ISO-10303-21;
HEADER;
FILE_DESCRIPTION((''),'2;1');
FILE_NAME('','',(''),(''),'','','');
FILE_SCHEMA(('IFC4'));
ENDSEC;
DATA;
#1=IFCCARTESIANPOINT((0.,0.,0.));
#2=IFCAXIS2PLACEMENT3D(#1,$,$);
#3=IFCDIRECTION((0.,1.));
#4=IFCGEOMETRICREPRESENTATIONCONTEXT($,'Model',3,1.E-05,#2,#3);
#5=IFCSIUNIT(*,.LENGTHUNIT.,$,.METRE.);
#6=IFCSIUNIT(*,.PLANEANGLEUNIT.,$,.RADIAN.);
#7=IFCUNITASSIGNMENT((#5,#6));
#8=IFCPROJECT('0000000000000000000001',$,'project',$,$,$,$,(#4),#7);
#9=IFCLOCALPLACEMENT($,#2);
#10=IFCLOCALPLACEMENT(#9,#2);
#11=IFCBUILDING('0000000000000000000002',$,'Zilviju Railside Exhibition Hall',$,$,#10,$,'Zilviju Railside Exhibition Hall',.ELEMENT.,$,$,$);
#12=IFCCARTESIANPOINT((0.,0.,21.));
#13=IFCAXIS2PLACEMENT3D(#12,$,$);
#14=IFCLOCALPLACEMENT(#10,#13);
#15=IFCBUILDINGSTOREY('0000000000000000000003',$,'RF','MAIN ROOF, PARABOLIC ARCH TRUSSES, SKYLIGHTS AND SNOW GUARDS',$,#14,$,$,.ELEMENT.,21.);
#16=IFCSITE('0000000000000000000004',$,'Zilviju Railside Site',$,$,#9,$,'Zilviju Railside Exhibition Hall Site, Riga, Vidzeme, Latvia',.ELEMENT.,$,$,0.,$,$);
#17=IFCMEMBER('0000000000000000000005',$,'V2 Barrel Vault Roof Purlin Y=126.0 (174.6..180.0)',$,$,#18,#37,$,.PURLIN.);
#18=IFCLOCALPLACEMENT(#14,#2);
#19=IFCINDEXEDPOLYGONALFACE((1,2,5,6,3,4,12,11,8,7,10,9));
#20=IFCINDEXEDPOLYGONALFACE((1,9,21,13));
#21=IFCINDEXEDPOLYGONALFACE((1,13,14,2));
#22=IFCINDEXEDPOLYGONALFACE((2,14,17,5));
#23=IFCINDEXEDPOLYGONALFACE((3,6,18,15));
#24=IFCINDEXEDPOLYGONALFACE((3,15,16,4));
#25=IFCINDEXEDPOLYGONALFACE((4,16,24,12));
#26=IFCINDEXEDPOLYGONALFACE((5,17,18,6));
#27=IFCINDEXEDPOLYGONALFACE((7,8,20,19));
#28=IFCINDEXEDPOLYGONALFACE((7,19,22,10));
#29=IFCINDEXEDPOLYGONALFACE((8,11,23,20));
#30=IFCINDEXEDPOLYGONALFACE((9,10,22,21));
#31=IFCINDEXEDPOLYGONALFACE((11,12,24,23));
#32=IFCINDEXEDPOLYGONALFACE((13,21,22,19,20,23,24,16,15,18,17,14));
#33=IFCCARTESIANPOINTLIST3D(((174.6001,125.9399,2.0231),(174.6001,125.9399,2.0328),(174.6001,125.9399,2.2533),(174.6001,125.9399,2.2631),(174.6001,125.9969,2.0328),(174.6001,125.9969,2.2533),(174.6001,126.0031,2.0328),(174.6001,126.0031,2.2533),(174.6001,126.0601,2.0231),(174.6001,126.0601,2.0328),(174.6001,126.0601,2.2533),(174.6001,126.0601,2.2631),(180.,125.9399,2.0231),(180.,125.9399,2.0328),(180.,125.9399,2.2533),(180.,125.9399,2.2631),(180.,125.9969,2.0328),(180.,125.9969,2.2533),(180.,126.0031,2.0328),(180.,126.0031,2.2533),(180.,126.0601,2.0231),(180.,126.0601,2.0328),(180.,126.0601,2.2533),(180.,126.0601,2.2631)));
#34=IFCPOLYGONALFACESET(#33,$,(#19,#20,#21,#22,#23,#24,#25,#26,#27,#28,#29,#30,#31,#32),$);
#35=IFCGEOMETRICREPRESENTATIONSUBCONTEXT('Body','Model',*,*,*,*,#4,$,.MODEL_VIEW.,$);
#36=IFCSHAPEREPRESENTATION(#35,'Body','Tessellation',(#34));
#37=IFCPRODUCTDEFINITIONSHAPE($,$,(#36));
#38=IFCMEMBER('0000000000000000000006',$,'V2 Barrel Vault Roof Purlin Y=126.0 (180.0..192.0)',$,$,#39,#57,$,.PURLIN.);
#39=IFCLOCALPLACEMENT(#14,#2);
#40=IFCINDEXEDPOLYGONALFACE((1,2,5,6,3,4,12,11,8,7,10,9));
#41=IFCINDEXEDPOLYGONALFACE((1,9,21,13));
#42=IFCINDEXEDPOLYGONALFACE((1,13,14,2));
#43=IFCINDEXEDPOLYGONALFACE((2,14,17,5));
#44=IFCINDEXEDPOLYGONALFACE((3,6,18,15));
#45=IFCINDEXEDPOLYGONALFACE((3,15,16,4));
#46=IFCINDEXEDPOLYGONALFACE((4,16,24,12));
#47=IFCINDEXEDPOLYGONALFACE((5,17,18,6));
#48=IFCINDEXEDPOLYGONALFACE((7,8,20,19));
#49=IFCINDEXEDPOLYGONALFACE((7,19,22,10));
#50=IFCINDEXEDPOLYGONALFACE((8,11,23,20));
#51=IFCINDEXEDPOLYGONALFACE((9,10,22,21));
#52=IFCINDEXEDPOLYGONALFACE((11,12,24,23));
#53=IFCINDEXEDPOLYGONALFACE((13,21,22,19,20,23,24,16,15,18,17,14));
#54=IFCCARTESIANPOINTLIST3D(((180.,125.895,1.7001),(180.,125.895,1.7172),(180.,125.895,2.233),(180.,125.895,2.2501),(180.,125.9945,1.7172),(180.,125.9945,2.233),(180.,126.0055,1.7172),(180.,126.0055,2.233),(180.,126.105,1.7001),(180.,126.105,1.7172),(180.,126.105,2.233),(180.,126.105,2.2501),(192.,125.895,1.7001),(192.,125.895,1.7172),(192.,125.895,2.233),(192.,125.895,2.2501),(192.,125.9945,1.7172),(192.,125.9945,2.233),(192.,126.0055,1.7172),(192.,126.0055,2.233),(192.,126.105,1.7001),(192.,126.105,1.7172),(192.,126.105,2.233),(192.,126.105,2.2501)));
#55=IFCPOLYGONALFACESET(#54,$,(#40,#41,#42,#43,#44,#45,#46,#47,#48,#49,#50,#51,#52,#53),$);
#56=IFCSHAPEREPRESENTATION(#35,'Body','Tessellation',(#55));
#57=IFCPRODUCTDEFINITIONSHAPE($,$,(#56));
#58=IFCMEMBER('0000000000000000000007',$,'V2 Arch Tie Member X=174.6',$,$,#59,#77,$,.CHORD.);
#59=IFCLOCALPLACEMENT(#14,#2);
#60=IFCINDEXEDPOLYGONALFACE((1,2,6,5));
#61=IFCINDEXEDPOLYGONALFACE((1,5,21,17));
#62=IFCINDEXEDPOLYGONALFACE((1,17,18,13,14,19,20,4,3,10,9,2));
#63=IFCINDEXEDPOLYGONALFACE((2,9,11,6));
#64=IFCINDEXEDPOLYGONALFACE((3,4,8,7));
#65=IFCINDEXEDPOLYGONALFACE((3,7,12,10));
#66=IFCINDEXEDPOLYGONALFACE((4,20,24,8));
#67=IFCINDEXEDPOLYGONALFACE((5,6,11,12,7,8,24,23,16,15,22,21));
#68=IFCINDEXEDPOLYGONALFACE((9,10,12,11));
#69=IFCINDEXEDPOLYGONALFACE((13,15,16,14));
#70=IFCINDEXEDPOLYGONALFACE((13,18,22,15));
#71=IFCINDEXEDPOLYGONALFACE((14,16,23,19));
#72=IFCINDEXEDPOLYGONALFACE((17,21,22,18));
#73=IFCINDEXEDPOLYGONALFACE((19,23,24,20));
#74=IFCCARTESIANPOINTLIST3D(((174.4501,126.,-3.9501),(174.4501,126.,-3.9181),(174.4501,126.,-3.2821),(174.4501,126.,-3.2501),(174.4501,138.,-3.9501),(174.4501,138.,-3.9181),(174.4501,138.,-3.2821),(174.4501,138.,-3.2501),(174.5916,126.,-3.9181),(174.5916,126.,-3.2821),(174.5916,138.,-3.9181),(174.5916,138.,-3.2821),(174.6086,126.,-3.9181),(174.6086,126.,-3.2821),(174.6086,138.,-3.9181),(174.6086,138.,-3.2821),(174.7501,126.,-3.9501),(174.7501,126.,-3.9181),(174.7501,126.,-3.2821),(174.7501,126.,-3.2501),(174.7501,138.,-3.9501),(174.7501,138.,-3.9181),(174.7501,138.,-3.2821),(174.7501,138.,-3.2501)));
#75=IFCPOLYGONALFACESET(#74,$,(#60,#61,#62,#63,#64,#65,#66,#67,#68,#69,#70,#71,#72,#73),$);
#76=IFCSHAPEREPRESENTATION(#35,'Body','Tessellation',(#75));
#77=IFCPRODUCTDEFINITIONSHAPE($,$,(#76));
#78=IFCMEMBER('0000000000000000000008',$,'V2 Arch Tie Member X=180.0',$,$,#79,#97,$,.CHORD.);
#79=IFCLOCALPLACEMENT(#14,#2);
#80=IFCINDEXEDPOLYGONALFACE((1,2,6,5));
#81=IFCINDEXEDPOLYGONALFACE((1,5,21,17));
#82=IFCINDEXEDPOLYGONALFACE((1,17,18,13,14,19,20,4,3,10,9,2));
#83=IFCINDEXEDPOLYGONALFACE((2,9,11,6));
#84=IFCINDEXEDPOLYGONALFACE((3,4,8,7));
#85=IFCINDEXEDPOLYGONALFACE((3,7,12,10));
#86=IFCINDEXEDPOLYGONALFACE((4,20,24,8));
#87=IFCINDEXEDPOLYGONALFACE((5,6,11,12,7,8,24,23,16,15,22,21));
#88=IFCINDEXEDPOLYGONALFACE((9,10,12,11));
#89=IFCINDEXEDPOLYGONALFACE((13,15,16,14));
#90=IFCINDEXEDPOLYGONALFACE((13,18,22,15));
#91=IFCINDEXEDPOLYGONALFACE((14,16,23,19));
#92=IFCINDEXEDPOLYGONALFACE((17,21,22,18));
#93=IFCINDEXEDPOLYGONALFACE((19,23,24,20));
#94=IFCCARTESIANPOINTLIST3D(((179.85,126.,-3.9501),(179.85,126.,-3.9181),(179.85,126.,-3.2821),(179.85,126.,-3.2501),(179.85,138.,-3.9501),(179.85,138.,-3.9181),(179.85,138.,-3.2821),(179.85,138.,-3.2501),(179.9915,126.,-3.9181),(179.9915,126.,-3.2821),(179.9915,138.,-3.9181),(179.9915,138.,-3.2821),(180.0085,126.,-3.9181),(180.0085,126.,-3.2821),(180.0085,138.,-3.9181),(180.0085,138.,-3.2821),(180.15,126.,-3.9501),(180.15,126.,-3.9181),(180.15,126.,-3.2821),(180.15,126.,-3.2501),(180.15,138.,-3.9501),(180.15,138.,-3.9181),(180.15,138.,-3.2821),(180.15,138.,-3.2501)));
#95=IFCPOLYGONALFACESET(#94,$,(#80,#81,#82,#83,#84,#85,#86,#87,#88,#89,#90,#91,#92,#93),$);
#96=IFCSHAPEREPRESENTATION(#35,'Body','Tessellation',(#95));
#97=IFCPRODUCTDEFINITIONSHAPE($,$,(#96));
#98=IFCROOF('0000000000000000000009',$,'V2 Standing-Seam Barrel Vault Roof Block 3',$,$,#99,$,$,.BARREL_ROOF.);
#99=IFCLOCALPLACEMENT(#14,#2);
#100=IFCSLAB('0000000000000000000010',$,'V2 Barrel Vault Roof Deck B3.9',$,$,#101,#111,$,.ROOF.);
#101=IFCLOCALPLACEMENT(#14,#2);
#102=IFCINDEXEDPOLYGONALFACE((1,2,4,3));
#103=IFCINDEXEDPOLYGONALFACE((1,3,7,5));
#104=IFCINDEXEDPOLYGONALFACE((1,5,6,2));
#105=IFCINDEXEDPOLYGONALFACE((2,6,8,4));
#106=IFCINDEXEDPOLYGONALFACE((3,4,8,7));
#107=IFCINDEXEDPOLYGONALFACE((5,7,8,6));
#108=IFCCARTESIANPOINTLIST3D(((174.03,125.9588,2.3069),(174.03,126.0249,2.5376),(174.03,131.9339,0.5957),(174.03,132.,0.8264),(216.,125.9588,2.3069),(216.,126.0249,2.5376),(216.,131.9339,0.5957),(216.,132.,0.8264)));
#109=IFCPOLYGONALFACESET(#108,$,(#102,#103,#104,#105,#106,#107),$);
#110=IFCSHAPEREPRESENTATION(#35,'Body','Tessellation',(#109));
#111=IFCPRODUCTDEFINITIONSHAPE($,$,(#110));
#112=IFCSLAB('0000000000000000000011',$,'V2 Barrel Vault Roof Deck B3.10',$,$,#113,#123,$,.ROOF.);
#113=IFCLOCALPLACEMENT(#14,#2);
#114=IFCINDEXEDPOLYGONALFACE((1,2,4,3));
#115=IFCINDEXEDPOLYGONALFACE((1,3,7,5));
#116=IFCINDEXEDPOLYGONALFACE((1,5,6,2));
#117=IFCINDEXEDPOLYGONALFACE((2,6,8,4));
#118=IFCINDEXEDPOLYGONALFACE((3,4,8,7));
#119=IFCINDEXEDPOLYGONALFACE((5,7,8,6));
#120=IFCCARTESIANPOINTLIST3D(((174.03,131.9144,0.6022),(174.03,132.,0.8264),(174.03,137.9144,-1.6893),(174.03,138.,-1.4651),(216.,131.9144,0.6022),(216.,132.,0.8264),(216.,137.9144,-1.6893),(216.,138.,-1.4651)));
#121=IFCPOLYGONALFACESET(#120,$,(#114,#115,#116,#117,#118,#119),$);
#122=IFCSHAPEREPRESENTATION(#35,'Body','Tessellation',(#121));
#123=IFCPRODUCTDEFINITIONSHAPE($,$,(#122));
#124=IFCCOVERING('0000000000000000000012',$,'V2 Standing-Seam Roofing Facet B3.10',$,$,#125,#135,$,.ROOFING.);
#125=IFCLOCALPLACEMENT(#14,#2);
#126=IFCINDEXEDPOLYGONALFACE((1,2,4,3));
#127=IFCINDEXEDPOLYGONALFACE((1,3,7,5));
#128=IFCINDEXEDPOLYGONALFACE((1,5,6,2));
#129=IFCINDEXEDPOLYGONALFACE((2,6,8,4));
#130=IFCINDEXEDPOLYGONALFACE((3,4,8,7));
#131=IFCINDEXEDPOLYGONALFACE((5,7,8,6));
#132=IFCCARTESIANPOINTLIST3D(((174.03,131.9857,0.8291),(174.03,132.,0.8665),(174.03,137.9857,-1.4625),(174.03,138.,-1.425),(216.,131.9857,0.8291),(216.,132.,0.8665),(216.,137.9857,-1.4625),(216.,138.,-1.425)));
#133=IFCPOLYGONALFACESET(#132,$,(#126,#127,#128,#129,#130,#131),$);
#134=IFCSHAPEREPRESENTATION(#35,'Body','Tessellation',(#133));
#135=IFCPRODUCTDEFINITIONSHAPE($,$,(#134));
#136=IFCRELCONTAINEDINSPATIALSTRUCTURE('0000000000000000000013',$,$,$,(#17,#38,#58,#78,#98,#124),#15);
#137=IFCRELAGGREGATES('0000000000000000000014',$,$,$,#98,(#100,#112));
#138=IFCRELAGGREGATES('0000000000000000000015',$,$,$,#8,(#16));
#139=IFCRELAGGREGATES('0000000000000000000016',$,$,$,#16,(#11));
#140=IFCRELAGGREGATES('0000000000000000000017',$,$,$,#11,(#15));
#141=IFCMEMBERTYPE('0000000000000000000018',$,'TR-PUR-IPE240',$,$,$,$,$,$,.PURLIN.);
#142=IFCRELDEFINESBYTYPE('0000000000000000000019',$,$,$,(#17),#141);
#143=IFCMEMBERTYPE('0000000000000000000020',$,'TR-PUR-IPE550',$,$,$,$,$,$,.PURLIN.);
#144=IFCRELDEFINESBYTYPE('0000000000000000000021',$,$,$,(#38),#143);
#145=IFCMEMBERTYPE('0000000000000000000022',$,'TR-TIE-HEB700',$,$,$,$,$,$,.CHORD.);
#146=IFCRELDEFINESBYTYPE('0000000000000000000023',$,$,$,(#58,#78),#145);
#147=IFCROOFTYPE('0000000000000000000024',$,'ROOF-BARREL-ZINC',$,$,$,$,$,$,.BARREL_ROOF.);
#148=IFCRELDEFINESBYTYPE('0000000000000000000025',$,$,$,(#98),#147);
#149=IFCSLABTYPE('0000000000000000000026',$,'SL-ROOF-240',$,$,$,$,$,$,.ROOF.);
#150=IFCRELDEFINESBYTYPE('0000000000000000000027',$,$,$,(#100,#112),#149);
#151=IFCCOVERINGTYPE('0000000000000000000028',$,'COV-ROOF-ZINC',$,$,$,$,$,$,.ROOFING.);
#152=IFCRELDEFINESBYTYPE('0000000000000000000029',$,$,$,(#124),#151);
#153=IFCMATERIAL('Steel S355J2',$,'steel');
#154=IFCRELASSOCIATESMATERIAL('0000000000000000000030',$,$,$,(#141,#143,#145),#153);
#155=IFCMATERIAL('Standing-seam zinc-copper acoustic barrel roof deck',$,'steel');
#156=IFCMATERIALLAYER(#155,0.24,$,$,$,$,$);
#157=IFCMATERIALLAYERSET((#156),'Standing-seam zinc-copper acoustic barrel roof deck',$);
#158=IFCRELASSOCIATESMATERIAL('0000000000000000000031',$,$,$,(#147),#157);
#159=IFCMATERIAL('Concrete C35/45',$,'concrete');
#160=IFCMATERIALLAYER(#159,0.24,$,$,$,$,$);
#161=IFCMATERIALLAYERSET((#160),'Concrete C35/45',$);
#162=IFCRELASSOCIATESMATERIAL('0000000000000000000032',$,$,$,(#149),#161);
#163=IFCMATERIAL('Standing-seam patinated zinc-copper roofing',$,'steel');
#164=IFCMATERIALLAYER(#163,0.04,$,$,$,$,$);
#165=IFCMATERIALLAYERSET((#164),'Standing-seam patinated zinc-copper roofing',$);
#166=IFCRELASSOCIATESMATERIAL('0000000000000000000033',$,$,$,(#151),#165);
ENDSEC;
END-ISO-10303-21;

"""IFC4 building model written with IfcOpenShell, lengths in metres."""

from ifc_helpers import new_model, si_unit, direction, frame, origin, origin_2d, place, context, subcontext, project, spatial, polyline, i_section, outline, extrude, material, layer, layer_set, material_profile, profile_set, type_object, element, aggregate, save


model = new_model("IFC4")

# Units and contexts
model_context = context("Model", 3, precision=1e-05, world=origin(), true_north=direction((0.0, 1.0)))
body_context = subcontext(model_context, "Body", "Model", "MODEL_VIEW")
ifc_project = project(units=[si_unit("LENGTHUNIT", "METRE"), si_unit("PLANEANGLEUNIT", "RADIAN")], contexts=[model_context])

# Site, building, storey
site_placement = place(None, origin())
site = spatial("IfcSite", under=ifc_project, at=site_placement, Name="Zilviju Railside Site", LongName="Zilviju Railside Exhibition Hall Site, Riga, Vidzeme, Latvia", CompositionType="ELEMENT", RefElevation=0.0)
building_placement = place(site_placement, origin())
building = spatial("IfcBuilding", under=site, at=building_placement, Name="Zilviju Railside Exhibition Hall", LongName="Zilviju Railside Exhibition Hall", CompositionType="ELEMENT")
storey_placement = place(building_placement, frame((0.0, 0.0, 21.0)))
storey = spatial("IfcBuildingStorey", under=building, at=storey_placement, Name="RF", Description="MAIN ROOF, PARABOLIC ARCH TRUSSES, SKYLIGHTS AND SNOW GUARDS", CompositionType="ELEMENT", Elevation=21.0)

# Members
ifc_material_1 = material(Name="Steel S355J2", Category="steel")
ifc_material_profile_1 = material_profile(ifc_material_1, i_section(OverallWidth=0.1201, OverallDepth=0.24, WebThickness=0.0061, FlangeThickness=0.0098, at=origin_2d()), Name="IPE 240")
ifc_profile_set_1 = profile_set([ifc_material_profile_1], Name="Steel S355J2")
member_type_1 = type_object("IfcMemberType", Name="TR-PUR-IPE240", PredefinedType="PURLIN", material=ifc_profile_set_1)
member_1_placement = place(storey_placement, frame((174.6001, 126.0, 2.1431), z_axis=(1.0, 0.0, 0.0), x_axis=(0.0, 1.0, 0.0)))
element("IfcMember", 1, at=member_1_placement, inside=storey, type_object=member_type_1, Name="V2 Barrel Vault Roof Purlin Y=126.0 (174.6..180.0)", PredefinedType="PURLIN", context=body_context, shape_type="SweptSolid", body=[
    extrude(i_section(OverallWidth=0.1201, OverallDepth=0.24, WebThickness=0.0061, FlangeThickness=0.0098, at=origin_2d()), origin(), (0.0, 0.0, 1.0), 5.3999),
])
ifc_material_profile_2 = material_profile(ifc_material_1, i_section(OverallWidth=0.21, OverallDepth=0.55, WebThickness=0.011, FlangeThickness=0.0171, at=origin_2d()), Name="IPE 550")
ifc_profile_set_2 = profile_set([ifc_material_profile_2], Name="Steel S355J2")
member_type_2 = type_object("IfcMemberType", Name="TR-PUR-IPE550", PredefinedType="PURLIN", material=ifc_profile_set_2)
member_2_placement = place(storey_placement, frame((180.0, 126.0, 1.9751), z_axis=(1.0, 0.0, 0.0), x_axis=(0.0, 1.0, 0.0)))
element("IfcMember", 2, at=member_2_placement, inside=storey, type_object=member_type_2, Name="V2 Barrel Vault Roof Purlin Y=126.0 (180.0..192.0)", PredefinedType="PURLIN", context=body_context, shape_type="SweptSolid", body=[
    extrude(i_section(OverallWidth=0.21, OverallDepth=0.55, WebThickness=0.011, FlangeThickness=0.0171, at=origin_2d()), origin(), (0.0, 0.0, 1.0), 12.0),
])
ifc_material_profile_3 = material_profile(ifc_material_1, i_section(OverallWidth=0.3, OverallDepth=0.7, WebThickness=0.0171, FlangeThickness=0.032, at=origin_2d()), Name="HEB 700")
ifc_profile_set_3 = profile_set([ifc_material_profile_3], Name="Steel S355J2")
member_type_3 = type_object("IfcMemberType", Name="TR-TIE-HEB700", PredefinedType="CHORD", material=ifc_profile_set_3)
for number, where, z_axis, x_axis, name in (
    (3, (174.6001, 126.0, -3.6001), (0.0, 1.0, 0.0), (-1.0, 0.0, 0.0), "V2 Arch Tie Member X=174.6"),
    (4, (180.0, 126.0, -3.6001), (0.0, 1.0, 0.0), (-1.0, 0.0, 0.0), "V2 Arch Tie Member X=180.0"),
):
    element("IfcMember", number, at=place(storey_placement, frame(where, z_axis=z_axis, x_axis=x_axis)), inside=storey, type_object=member_type_3, Name=name, PredefinedType="CHORD", context=body_context, shape_type="SweptSolid", body=[
        extrude(i_section(OverallWidth=0.3, OverallDepth=0.7, WebThickness=0.0171, FlangeThickness=0.032, at=origin_2d()), origin(), (0.0, 0.0, 1.0), 12.0),
    ])

# Roof, slabs
ifc_material_2 = material(Name="Standing-seam zinc-copper acoustic barrel roof deck", Category="steel")
ifc_layer_1 = layer(ifc_material_2, 0.24)
ifc_layer_set_1 = layer_set([ifc_layer_1], Name="Standing-seam zinc-copper acoustic barrel roof deck")
roof_type = type_object("IfcRoofType", Name="ROOF-BARREL-ZINC", PredefinedType="BARREL_ROOF", material=ifc_layer_set_1)
roof_placement = place(storey_placement, origin())
roof = element("IfcRoof", 5, at=roof_placement, inside=storey, type_object=roof_type, Name="V2 Standing-Seam Barrel Vault Roof Block 3", PredefinedType="BARREL_ROOF")
ifc_material_3 = material(Name="Concrete C35/45", Category="concrete")
ifc_layer_2 = layer(ifc_material_3, 0.24)
ifc_layer_set_2 = layer_set([ifc_layer_2], Name="Concrete C35/45")
slab_type = type_object("IfcSlabType", Name="SL-ROOF-240", PredefinedType="ROOF", material=ifc_layer_set_2)
slab_1_placement = place(storey_placement, frame((174.03, 126.0249, 2.5376), z_axis=(0.0, 0.275318, 0.961353), x_axis=(1.0, 0.0, 0.0)))
slab_1 = element("IfcSlab", 6, at=slab_1_placement, type_object=slab_type, Name="V2 Barrel Vault Roof Deck B3.9", PredefinedType="ROOF", context=body_context, shape_type="SweptSolid", body=[
    extrude(outline(polyline([(0.0, 0.0), (41.97, 0.0), (41.97, 6.2153), (0.0, 6.2153), (0.0, 0.0)])), origin(), (0.0, 0.0, -1.0), 0.24),
])
slab_2_placement = place(storey_placement, frame((174.03, 132.0, 0.8264), z_axis=(0.0, 0.356782, 0.934188), x_axis=(1.0, 0.0, 0.0)))
slab_2 = element("IfcSlab", 7, at=slab_2_placement, type_object=slab_type, Name="V2 Barrel Vault Roof Deck B3.10", PredefinedType="ROOF", context=body_context, shape_type="SweptSolid", body=[
    extrude(outline(polyline([(0.0, 0.0), (41.97, 0.0), (41.97, 6.4227), (0.0, 6.4227), (0.0, 0.0)])), origin(), (0.0, 0.0, -1.0), 0.24),
])
aggregate(roof, [slab_1, slab_2])

# Covering
ifc_material_4 = material(Name="Standing-seam patinated zinc-copper roofing", Category="steel")
ifc_layer_3 = layer(ifc_material_4, 0.04)
ifc_layer_set_3 = layer_set([ifc_layer_3], Name="Standing-seam patinated zinc-copper roofing")
covering_type = type_object("IfcCoveringType", Name="COV-ROOF-ZINC", PredefinedType="ROOFING", material=ifc_layer_set_3)
covering_placement = place(storey_placement, frame((174.03, 132.0, 0.8665), z_axis=(0.0, 0.356782, 0.934188), x_axis=(1.0, 0.0, 0.0)))
element("IfcCovering", 8, at=covering_placement, inside=storey, type_object=covering_type, Name="V2 Standing-Seam Roofing Facet B3.10", PredefinedType="ROOFING", context=body_context, shape_type="SweptSolid", body=[
    extrude(outline(polyline([(0.0, 0.0), (41.97, 0.0), (41.97, 6.4227), (0.0, 6.4227), (0.0, 0.0)])), origin(), (0.0, 0.0, -1.0), 0.04),
])

save(model, "model.ifc")
